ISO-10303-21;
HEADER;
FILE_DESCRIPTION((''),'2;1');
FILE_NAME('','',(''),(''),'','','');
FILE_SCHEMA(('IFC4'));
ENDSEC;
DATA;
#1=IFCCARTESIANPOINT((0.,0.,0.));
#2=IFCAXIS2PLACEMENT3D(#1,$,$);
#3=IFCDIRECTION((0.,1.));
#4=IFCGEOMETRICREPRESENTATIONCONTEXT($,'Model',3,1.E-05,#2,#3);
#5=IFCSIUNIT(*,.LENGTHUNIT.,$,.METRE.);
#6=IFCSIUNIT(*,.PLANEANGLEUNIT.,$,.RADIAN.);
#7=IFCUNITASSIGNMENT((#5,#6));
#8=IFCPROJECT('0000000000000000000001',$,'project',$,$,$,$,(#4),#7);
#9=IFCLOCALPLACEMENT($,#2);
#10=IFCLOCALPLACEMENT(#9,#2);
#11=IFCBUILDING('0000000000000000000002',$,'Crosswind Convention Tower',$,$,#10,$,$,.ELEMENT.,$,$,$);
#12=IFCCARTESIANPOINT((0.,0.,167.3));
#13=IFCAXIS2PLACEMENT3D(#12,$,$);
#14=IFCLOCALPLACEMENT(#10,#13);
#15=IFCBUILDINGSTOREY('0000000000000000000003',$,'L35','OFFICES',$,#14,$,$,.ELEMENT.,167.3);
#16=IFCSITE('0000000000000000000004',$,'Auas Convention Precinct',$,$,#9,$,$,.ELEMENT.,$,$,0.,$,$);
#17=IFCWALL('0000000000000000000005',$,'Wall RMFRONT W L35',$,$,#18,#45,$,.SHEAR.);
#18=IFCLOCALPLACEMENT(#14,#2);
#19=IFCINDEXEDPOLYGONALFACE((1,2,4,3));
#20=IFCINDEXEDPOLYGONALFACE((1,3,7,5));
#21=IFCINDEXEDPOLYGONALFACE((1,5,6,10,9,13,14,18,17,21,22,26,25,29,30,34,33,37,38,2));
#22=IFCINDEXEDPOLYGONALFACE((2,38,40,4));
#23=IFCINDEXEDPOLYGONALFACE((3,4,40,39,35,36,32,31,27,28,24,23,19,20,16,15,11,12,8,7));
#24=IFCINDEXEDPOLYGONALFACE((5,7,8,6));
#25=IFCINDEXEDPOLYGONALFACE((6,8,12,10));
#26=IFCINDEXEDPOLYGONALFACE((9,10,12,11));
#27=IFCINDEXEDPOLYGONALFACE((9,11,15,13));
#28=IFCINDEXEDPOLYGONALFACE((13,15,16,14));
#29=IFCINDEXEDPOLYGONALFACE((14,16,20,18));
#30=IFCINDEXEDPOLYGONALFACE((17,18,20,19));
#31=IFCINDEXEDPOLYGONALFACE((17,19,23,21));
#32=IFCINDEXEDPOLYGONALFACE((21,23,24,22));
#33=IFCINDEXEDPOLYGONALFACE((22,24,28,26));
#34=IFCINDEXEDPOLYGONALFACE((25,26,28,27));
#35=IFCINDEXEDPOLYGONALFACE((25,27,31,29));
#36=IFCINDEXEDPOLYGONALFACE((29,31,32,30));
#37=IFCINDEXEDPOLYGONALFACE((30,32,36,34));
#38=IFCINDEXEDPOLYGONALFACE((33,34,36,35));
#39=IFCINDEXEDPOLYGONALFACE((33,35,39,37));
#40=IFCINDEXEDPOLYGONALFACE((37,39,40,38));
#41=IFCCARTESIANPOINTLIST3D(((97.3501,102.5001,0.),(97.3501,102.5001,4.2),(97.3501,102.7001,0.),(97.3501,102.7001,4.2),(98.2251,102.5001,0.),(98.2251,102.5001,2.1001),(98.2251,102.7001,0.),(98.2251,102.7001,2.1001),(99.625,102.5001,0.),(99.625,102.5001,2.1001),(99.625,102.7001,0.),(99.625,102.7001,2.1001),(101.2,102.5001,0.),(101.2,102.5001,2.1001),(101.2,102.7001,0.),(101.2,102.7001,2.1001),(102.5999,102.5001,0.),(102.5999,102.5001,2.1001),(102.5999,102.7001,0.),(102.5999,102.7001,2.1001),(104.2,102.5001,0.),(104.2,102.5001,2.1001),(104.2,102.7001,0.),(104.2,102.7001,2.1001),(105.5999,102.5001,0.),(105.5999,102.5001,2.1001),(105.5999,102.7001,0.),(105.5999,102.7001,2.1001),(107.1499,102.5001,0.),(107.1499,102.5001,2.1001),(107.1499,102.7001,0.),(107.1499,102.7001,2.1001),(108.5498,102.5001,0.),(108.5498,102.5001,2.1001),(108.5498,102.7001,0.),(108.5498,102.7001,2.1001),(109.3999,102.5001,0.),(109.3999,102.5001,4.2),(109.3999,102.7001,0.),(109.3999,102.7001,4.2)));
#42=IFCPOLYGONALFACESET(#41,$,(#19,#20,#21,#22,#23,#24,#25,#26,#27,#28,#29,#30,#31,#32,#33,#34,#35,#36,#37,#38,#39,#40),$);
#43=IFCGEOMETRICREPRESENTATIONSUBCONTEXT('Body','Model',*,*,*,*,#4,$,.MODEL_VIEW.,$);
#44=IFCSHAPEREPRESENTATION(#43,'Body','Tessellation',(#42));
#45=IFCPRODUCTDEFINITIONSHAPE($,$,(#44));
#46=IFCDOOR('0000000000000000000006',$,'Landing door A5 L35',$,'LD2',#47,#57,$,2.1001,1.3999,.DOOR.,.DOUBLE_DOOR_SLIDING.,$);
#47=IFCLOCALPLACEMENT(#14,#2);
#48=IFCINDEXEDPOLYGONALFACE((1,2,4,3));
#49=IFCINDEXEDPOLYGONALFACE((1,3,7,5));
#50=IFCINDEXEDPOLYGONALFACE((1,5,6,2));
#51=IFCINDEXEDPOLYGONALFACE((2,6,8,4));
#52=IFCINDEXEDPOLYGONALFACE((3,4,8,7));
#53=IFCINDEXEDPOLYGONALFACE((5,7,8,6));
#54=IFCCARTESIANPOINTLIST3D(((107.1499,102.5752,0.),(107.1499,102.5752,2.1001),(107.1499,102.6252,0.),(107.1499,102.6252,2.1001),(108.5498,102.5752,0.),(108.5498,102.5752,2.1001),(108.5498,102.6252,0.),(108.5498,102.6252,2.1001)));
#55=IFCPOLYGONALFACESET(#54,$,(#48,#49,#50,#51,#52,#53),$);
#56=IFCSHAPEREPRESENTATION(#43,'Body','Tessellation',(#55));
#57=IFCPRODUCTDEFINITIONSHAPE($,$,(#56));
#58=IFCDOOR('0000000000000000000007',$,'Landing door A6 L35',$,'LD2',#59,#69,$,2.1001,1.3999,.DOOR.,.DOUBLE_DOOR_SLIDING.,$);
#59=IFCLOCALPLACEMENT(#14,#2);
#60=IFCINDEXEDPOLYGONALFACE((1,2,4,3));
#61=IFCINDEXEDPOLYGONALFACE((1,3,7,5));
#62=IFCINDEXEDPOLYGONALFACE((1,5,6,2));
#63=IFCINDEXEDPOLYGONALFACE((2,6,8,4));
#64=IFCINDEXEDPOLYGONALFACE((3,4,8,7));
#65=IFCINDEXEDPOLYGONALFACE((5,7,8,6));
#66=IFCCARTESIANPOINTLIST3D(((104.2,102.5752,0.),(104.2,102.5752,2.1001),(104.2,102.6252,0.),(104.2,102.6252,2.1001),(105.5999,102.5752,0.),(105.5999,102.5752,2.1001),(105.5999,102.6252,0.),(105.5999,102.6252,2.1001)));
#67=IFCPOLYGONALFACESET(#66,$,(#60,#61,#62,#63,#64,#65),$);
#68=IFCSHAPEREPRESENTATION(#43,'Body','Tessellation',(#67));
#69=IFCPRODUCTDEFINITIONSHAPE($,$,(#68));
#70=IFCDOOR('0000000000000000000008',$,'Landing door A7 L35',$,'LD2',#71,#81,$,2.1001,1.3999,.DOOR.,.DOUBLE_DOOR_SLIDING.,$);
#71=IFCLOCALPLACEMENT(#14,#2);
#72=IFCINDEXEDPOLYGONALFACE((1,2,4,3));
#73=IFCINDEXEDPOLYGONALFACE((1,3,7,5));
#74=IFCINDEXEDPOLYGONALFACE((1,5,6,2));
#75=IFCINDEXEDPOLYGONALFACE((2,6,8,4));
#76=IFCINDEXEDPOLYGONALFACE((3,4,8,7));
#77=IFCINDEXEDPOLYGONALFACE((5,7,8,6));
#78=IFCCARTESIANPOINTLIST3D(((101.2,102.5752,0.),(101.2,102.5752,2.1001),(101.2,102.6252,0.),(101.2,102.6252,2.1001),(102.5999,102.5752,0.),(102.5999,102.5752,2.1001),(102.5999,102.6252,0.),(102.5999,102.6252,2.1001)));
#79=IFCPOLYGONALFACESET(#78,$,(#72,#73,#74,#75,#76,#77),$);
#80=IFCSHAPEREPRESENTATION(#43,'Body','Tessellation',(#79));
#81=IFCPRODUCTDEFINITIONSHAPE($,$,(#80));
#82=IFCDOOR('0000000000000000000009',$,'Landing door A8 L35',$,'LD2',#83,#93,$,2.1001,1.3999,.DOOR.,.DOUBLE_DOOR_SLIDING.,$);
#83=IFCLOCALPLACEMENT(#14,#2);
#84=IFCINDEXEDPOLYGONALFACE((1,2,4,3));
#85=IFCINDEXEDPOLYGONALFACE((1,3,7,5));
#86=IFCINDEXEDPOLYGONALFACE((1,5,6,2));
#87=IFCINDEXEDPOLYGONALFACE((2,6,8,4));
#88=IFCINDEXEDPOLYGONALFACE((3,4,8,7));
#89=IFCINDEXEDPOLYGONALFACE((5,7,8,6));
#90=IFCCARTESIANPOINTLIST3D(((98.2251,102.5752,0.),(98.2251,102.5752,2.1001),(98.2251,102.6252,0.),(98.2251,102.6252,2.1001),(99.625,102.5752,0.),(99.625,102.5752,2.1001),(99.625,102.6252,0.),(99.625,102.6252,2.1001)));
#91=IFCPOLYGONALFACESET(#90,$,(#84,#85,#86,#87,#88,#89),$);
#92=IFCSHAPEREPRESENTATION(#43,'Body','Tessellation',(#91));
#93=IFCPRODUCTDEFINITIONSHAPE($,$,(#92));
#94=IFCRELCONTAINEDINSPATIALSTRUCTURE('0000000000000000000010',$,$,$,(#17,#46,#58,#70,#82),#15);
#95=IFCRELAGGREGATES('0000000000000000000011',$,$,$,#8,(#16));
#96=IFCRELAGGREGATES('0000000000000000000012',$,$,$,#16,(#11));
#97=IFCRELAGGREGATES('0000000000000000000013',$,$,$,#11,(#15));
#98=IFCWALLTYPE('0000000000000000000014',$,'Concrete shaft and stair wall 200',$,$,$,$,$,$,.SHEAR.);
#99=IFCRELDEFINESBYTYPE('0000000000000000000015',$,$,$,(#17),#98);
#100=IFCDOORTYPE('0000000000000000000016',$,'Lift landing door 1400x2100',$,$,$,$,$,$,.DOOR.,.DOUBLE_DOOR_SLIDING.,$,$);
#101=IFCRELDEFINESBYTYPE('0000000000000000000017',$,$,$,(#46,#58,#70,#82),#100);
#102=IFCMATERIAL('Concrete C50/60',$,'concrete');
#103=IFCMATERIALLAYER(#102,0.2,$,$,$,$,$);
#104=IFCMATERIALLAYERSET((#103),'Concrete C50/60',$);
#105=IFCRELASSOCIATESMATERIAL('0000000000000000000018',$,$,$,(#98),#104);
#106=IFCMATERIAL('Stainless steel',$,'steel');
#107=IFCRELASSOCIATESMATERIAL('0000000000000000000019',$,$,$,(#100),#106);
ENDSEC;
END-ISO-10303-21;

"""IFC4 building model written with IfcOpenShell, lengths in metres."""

from ifc_helpers import new_model, si_unit, direction, frame, frame_2d, origin, place, context, subcontext, project, spatial, rectangle, extrude, material, layer, layer_set, type_object, element, fill, save


model = new_model("IFC4")

# Units and contexts
model_context = context("Model", 3, precision=1e-05, world=origin(), true_north=direction((0.0, 1.0)))
body_context = subcontext(model_context, "Body", "Model", "MODEL_VIEW")
ifc_project = project(units=[si_unit("LENGTHUNIT", "METRE"), si_unit("PLANEANGLEUNIT", "RADIAN")], contexts=[model_context])

# Site, building, storey
site_placement = place(None, origin())
site = spatial("IfcSite", under=ifc_project, at=site_placement, Name="Auas Convention Precinct", CompositionType="ELEMENT", RefElevation=0.0)
building_placement = place(site_placement, origin())
building = spatial("IfcBuilding", under=site, at=building_placement, Name="Crosswind Convention Tower", CompositionType="ELEMENT")
storey_placement = place(building_placement, frame((0.0, 0.0, 167.3)))
storey = spatial("IfcBuildingStorey", under=building, at=storey_placement, Name="L35", Description="OFFICES", CompositionType="ELEMENT", Elevation=167.3)

# Shared definitions
ifc_material_1 = material(Name="Concrete C50/60", Category="concrete")
ifc_layer_1 = layer(ifc_material_1, 0.2)
ifc_layer_set_1 = layer_set([ifc_layer_1], Name="Concrete C50/60")
wall_type_1 = type_object("IfcWallType", Name="Concrete shaft and stair wall 200", PredefinedType="SHEAR", material=ifc_layer_set_1)

# Wall, openings, doors
wall_1_placement = place(storey_placement, frame((109.3999, 102.6001, 0.0), z_axis=(0.0, 0.0, 1.0), x_axis=(-1.0, 0.0, 0.0)))
wall_1 = element("IfcWall", 1, at=wall_1_placement, inside=storey, type_object=wall_type_1, Name="Wall RMFRONT W L35", PredefinedType="SHEAR", context=body_context, shape_type="SweptSolid", body=[
    extrude(rectangle(XDim=12.0498, YDim=0.2, at=frame_2d((6.0249, 0.0))), origin(), (0.0, 0.0, 1.0), 4.2),
])
opening_1_placement = place(wall_1_placement, frame((0.8501, 0.0, 0.0)))
opening_1 = element("IfcOpeningElement", 2, at=opening_1_placement, cuts=wall_1, PredefinedType="OPENING", context=body_context, shape_type="SweptSolid", body=[
    extrude(rectangle(XDim=1.3999, YDim=2.1001, at=frame_2d((0.7, 1.05))), frame((0.0, 0.1099, 0.0), z_axis=(0.0, -1.0, 0.0), x_axis=(1.0, 0.0, 0.0)), (0.0, 0.0, 1.0), 0.22),
])
opening_2_placement = place(wall_1_placement, frame((3.8, 0.0, 0.0)))
opening_2 = element("IfcOpeningElement", 3, at=opening_2_placement, cuts=wall_1, PredefinedType="OPENING", context=body_context, shape_type="SweptSolid", body=[
    extrude(rectangle(XDim=1.3999, YDim=2.1001, at=frame_2d((0.7, 1.05))), frame((0.0, 0.1099, 0.0), z_axis=(0.0, -1.0, 0.0), x_axis=(1.0, 0.0, 0.0)), (0.0, 0.0, 1.0), 0.22),
])
opening_3_placement = place(wall_1_placement, frame((6.8, 0.0, 0.0)))
opening_3 = element("IfcOpeningElement", 4, at=opening_3_placement, cuts=wall_1, PredefinedType="OPENING", context=body_context, shape_type="SweptSolid", body=[
    extrude(rectangle(XDim=1.3999, YDim=2.1001, at=frame_2d((0.7, 1.05))), frame((0.0, 0.1099, 0.0), z_axis=(0.0, -1.0, 0.0), x_axis=(1.0, 0.0, 0.0)), (0.0, 0.0, 1.0), 0.22),
])
opening_4_placement = place(wall_1_placement, frame((9.7749, 0.0, 0.0)))
opening_4 = element("IfcOpeningElement", 5, at=opening_4_placement, cuts=wall_1, PredefinedType="OPENING", context=body_context, shape_type="SweptSolid", body=[
    extrude(rectangle(XDim=1.3999, YDim=2.1001, at=frame_2d((0.7, 1.05))), frame((0.0, 0.1099, 0.0), z_axis=(0.0, -1.0, 0.0), x_axis=(1.0, 0.0, 0.0)), (0.0, 0.0, 1.0), 0.22),
])
ifc_material_2 = material(Name="Stainless steel", Category="steel")
door_type_1 = type_object("IfcDoorType", Name="Lift landing door 1400x2100", OperationType="DOUBLE_DOOR_SLIDING", PredefinedType="DOOR", material=ifc_material_2)
door_1_placement = place(opening_1_placement, origin())
door_1 = element("IfcDoor", 6, at=door_1_placement, inside=storey, type_object=door_type_1, Name="Landing door A5 L35", ObjectType="LD2", OperationType="DOUBLE_DOOR_SLIDING", OverallHeight=2.1001, OverallWidth=1.3999, PredefinedType="DOOR", context=body_context, shape_type="SweptSolid", body=[
    extrude(rectangle(XDim=1.3999, YDim=2.1001, at=frame_2d((0.7, 1.05))), frame((0.0, 0.0249, 0.0), z_axis=(0.0, -1.0, 0.0), x_axis=(1.0, 0.0, 0.0)), (0.0, 0.0, 1.0), 0.05),
])
fill(opening_1, door_1)
door_2_placement = place(opening_2_placement, origin())
door_2 = element("IfcDoor", 7, at=door_2_placement, inside=storey, type_object=door_type_1, Name="Landing door A6 L35", ObjectType="LD2", OperationType="DOUBLE_DOOR_SLIDING", OverallHeight=2.1001, OverallWidth=1.3999, PredefinedType="DOOR", context=body_context, shape_type="SweptSolid", body=[
    extrude(rectangle(XDim=1.3999, YDim=2.1001, at=frame_2d((0.7, 1.05))), frame((0.0, 0.0249, 0.0), z_axis=(0.0, -1.0, 0.0), x_axis=(1.0, 0.0, 0.0)), (0.0, 0.0, 1.0), 0.05),
])
fill(opening_2, door_2)
door_3_placement = place(opening_3_placement, origin())
door_3 = element("IfcDoor", 8, at=door_3_placement, inside=storey, type_object=door_type_1, Name="Landing door A7 L35", ObjectType="LD2", OperationType="DOUBLE_DOOR_SLIDING", OverallHeight=2.1001, OverallWidth=1.3999, PredefinedType="DOOR", context=body_context, shape_type="SweptSolid", body=[
    extrude(rectangle(XDim=1.3999, YDim=2.1001, at=frame_2d((0.7, 1.05))), frame((0.0, 0.0249, 0.0), z_axis=(0.0, -1.0, 0.0), x_axis=(1.0, 0.0, 0.0)), (0.0, 0.0, 1.0), 0.05),
])
fill(opening_3, door_3)
door_4_placement = place(opening_4_placement, origin())
door_4 = element("IfcDoor", 9, at=door_4_placement, inside=storey, type_object=door_type_1, Name="Landing door A8 L35", ObjectType="LD2", OperationType="DOUBLE_DOOR_SLIDING", OverallHeight=2.1001, OverallWidth=1.3999, PredefinedType="DOOR", context=body_context, shape_type="SweptSolid", body=[
    extrude(rectangle(XDim=1.3999, YDim=2.1001, at=frame_2d((0.7, 1.05))), frame((0.0, 0.0249, 0.0), z_axis=(0.0, -1.0, 0.0), x_axis=(1.0, 0.0, 0.0)), (0.0, 0.0, 1.0), 0.05),
])
fill(opening_4, door_4)

save(model, "model.ifc")
